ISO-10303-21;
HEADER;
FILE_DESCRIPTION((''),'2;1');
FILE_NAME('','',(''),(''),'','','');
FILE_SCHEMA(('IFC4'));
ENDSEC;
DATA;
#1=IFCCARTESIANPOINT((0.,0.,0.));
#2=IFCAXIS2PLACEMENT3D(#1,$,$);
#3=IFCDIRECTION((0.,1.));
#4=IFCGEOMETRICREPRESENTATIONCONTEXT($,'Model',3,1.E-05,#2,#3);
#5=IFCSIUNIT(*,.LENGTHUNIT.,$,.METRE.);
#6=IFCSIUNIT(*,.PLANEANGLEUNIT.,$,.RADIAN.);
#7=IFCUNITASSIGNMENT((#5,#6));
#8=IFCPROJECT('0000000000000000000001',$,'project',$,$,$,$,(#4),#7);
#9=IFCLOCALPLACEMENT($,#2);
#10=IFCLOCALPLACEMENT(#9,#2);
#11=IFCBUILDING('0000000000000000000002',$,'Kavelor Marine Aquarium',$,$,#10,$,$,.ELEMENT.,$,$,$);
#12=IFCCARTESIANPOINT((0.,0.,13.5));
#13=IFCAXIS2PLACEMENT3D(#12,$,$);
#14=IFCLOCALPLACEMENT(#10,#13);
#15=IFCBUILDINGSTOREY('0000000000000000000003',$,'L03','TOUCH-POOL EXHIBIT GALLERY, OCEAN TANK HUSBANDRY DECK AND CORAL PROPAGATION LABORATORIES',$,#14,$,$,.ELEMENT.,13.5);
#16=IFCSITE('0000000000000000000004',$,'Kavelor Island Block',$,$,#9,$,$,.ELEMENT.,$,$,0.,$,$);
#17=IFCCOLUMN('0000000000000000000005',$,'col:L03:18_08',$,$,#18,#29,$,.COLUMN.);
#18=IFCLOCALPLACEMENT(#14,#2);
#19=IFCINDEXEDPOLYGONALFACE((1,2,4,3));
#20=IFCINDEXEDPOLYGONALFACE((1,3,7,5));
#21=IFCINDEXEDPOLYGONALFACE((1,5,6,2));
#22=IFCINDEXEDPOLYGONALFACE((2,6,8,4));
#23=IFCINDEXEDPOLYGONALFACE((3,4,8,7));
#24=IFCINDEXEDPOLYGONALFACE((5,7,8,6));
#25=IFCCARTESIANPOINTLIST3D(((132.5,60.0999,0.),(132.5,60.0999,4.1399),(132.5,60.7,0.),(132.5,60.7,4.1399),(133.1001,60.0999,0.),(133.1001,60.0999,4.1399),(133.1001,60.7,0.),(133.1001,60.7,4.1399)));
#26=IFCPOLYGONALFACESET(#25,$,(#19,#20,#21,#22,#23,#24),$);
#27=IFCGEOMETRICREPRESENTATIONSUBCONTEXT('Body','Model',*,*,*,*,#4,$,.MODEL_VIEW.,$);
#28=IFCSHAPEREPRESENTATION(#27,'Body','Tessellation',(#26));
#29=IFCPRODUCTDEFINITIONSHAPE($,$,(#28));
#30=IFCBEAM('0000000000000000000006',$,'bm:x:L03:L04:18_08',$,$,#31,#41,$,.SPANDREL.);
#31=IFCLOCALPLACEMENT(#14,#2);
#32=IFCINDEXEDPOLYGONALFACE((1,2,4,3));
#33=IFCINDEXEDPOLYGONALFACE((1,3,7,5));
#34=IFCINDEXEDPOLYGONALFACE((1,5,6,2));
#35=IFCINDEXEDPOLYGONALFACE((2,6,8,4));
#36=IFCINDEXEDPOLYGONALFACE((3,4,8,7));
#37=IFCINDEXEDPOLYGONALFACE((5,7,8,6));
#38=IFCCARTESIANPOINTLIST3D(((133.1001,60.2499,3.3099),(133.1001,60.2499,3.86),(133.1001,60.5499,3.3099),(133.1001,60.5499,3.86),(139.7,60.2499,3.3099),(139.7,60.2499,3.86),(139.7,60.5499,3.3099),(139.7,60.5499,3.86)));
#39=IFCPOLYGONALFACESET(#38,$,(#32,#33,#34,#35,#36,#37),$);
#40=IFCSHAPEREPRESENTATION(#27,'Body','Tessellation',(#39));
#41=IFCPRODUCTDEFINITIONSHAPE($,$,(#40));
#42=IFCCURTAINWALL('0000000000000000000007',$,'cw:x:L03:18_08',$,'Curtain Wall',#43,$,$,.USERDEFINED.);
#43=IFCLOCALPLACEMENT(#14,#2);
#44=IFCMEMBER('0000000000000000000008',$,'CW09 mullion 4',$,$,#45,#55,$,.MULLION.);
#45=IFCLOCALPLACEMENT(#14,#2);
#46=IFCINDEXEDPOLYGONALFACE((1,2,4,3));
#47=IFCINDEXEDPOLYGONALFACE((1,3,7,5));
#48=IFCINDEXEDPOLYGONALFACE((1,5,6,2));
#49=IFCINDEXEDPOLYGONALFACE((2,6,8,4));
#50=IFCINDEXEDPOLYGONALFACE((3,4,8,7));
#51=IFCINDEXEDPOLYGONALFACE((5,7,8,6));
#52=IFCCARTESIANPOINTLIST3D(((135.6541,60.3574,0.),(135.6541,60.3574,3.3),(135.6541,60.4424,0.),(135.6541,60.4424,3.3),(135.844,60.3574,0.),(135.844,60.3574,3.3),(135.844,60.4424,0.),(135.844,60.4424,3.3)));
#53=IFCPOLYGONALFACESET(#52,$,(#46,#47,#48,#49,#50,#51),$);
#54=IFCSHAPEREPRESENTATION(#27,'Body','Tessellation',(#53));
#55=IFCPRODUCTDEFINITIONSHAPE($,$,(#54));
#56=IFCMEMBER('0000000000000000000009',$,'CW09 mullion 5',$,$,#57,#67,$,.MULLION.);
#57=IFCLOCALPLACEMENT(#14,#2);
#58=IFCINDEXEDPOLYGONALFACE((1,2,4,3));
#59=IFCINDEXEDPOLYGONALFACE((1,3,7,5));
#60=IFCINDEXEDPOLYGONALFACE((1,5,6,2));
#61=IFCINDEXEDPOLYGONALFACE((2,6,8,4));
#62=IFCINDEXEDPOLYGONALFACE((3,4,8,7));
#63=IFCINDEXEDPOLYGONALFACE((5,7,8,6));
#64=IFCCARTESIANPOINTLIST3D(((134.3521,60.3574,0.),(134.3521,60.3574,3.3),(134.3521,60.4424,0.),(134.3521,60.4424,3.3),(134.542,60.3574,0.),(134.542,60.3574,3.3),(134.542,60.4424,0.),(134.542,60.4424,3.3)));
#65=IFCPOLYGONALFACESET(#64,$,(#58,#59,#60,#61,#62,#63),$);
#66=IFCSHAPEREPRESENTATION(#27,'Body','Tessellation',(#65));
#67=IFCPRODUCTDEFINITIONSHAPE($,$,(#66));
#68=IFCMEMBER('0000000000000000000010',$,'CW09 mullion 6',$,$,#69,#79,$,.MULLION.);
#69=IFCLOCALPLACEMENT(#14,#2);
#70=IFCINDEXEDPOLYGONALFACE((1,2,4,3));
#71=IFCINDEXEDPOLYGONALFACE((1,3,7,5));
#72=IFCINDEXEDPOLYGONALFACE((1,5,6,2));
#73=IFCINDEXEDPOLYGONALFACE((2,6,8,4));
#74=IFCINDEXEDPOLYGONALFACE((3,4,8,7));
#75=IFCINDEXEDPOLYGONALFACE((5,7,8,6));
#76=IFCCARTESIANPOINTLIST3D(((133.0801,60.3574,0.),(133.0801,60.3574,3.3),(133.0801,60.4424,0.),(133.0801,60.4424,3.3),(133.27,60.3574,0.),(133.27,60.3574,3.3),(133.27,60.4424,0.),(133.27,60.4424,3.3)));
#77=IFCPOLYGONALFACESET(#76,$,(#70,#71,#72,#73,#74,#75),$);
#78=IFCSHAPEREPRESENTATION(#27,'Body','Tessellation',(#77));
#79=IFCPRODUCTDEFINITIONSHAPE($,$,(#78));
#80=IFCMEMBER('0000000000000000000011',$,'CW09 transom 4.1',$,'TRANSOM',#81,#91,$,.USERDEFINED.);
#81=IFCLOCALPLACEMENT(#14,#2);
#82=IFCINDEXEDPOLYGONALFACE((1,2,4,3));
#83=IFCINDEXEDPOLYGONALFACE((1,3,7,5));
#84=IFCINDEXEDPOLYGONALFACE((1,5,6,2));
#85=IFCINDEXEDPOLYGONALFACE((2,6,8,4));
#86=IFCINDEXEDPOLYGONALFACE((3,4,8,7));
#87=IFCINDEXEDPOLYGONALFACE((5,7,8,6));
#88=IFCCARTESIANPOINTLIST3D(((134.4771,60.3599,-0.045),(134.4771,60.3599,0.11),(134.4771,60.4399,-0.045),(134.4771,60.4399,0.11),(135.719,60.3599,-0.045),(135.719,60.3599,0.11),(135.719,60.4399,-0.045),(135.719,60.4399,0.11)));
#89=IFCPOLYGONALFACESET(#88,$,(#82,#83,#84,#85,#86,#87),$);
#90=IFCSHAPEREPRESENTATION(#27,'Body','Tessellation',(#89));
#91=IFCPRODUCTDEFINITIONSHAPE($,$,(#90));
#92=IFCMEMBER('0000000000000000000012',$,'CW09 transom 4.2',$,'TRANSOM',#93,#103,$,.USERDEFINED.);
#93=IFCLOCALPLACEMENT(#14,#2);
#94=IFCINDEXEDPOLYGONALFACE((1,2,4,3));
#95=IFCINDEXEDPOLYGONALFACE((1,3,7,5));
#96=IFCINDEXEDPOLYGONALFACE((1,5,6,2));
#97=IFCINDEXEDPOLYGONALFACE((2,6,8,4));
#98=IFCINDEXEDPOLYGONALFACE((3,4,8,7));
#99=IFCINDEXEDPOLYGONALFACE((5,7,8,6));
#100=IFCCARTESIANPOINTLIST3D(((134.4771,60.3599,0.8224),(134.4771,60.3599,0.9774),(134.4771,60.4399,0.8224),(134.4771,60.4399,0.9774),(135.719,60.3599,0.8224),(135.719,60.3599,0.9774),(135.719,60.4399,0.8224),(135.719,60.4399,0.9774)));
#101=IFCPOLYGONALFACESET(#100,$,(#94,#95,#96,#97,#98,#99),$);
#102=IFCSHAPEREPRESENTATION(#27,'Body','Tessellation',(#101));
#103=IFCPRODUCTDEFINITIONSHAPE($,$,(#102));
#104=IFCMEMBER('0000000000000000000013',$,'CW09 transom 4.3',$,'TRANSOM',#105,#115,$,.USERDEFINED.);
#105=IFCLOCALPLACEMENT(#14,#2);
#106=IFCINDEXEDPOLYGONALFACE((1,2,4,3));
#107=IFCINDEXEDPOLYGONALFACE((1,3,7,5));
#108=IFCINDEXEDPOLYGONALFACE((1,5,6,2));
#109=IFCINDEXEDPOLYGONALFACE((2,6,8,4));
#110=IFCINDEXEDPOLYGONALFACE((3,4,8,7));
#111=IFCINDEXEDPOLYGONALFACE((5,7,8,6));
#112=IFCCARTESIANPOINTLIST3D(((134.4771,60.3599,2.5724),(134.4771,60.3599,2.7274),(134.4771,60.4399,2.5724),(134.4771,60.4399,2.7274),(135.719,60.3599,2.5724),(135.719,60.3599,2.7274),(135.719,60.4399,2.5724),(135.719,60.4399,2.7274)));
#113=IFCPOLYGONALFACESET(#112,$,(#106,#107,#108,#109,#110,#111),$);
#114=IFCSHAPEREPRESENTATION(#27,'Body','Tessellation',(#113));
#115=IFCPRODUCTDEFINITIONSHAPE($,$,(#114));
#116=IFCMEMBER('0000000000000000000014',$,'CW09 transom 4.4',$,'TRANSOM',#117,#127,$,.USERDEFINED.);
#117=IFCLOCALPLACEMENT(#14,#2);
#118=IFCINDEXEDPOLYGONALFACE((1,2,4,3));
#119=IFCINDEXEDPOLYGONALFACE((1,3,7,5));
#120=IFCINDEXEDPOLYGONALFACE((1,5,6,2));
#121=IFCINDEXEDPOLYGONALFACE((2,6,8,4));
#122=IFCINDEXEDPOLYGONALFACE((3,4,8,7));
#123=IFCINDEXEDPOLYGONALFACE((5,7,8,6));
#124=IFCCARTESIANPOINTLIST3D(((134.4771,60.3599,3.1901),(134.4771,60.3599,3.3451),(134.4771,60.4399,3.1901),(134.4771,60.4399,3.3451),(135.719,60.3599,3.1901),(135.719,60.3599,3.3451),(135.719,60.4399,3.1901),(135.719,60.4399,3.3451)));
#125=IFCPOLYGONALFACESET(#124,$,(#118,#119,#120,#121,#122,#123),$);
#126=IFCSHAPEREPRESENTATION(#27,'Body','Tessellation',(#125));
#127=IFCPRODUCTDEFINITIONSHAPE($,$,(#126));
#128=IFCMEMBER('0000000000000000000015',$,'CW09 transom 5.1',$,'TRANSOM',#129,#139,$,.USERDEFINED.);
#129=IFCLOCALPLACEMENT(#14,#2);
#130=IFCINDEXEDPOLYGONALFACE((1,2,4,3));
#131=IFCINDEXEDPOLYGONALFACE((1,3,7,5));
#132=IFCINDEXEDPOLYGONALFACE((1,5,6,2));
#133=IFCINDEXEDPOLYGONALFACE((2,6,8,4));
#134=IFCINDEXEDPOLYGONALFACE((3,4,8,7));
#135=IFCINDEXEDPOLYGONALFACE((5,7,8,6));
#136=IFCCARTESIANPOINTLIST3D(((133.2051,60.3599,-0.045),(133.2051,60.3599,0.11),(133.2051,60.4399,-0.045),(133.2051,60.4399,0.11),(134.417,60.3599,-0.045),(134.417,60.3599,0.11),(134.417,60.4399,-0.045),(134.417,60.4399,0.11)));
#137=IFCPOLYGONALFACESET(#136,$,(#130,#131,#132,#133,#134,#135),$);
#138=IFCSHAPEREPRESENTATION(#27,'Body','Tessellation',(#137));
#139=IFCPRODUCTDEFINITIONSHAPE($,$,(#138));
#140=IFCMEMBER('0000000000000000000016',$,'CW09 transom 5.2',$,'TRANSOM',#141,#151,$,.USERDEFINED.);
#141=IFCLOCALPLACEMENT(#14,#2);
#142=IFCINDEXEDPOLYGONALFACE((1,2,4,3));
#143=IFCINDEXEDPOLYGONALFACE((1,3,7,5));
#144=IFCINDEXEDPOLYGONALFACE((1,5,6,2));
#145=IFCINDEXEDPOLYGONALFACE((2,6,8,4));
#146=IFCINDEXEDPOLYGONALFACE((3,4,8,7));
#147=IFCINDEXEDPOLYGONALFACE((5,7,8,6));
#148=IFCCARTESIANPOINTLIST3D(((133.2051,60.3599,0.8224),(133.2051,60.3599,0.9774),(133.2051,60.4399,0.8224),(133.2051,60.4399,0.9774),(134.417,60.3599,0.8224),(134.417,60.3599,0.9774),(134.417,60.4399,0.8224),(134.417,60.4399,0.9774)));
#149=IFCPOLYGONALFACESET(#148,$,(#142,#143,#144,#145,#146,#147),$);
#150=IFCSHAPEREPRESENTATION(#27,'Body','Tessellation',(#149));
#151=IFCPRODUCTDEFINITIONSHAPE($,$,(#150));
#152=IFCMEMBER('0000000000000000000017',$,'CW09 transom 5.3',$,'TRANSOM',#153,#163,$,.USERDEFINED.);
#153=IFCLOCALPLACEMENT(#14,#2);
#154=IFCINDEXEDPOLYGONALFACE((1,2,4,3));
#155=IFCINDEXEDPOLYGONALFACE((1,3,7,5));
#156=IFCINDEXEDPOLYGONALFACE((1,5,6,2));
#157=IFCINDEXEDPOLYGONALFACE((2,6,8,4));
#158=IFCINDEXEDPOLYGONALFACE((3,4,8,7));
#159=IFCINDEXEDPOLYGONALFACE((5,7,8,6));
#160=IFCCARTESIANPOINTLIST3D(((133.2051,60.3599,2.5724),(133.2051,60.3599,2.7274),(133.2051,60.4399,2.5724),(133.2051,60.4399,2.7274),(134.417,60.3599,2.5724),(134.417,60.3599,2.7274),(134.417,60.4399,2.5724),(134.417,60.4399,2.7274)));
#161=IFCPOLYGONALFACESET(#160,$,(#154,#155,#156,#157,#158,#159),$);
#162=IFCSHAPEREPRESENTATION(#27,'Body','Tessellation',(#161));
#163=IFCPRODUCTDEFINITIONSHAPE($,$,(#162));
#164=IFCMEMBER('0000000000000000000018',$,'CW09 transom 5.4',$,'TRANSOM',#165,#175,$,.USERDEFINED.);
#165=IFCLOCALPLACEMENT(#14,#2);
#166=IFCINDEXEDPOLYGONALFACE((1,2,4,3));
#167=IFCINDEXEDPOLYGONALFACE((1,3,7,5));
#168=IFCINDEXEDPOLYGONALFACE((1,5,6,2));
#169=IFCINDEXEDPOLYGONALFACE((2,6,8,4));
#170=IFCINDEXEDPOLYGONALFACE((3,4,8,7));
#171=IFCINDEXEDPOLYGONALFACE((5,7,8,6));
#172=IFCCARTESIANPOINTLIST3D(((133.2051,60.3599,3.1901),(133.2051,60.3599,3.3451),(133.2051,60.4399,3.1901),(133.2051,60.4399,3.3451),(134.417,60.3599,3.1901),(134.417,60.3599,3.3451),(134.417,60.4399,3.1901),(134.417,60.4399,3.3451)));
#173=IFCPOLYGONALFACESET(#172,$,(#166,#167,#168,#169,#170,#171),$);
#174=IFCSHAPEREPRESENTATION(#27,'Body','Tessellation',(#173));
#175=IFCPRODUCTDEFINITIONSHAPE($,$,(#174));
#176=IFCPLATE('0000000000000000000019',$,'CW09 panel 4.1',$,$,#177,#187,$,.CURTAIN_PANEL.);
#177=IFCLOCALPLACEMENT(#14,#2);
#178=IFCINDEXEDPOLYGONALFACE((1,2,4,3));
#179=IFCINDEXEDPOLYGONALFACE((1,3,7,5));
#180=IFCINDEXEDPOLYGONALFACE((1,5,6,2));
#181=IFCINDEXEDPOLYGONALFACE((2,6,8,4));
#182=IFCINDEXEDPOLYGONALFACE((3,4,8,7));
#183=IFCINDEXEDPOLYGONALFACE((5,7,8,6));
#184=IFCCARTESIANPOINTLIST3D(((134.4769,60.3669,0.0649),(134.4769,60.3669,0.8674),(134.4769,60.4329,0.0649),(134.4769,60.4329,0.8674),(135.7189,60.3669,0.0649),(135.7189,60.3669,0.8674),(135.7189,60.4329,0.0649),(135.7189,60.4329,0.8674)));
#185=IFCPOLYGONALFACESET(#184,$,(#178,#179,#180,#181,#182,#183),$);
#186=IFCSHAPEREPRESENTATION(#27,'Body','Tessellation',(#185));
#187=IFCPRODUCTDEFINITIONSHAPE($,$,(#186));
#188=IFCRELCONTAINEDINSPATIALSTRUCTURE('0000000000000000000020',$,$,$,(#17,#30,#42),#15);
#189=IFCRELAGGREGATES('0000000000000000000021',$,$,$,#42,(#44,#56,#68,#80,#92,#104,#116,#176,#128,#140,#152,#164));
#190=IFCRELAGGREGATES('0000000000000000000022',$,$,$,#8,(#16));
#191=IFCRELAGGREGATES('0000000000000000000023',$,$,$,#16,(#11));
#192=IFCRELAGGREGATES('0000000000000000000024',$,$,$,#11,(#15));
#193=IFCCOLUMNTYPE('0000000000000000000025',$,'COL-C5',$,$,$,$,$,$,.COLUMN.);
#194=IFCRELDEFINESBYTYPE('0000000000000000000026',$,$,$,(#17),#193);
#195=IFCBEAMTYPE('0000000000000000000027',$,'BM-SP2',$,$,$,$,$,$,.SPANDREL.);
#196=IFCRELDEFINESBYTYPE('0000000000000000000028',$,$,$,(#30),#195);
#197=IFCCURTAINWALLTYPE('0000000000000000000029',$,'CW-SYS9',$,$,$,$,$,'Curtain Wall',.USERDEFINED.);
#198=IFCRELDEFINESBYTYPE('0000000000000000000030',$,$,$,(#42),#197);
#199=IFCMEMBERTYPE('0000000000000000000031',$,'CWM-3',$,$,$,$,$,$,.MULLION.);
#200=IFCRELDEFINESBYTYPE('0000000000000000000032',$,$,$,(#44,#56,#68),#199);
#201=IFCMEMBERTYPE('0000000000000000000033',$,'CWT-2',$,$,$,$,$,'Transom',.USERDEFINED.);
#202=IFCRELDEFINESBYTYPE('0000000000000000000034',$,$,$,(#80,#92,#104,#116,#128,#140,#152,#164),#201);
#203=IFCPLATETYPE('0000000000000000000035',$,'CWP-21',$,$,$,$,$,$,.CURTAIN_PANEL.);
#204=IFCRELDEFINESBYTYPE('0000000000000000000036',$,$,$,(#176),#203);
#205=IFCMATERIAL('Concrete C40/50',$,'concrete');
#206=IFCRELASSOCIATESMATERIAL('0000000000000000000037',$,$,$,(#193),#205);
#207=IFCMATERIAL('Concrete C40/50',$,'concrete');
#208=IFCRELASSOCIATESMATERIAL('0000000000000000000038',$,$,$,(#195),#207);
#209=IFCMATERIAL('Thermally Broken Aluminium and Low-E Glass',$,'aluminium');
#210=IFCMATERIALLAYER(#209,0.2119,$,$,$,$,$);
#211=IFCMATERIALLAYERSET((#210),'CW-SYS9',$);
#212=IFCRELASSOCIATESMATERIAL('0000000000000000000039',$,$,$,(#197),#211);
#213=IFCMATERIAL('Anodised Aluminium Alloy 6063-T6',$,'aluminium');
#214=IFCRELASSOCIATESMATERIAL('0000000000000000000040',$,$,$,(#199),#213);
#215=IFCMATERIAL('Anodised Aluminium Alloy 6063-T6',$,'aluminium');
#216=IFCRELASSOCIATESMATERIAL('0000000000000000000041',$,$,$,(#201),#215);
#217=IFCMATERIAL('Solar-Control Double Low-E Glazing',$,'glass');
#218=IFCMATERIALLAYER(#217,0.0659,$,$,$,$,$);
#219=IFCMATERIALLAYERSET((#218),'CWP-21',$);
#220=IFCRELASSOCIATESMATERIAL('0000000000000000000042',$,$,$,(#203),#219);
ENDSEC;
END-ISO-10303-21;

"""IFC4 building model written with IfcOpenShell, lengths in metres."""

from ifc_helpers import new_model, si_unit, direction, frame, origin, origin_2d, place, context, subcontext, project, spatial, rectangle, extrude, material, layer, layer_set, material_profile, profile_set, type_object, element, aggregate, save


model = new_model("IFC4")

# Units and contexts
model_context = context("Model", 3, precision=1e-05, world=origin(), true_north=direction((0.0, 1.0)))
body_context = subcontext(model_context, "Body", "Model", "MODEL_VIEW")
ifc_project = project(units=[si_unit("LENGTHUNIT", "METRE"), si_unit("PLANEANGLEUNIT", "RADIAN")], contexts=[model_context])

# Site, building, storey
site_placement = place(None, origin())
site = spatial("IfcSite", under=ifc_project, at=site_placement, Name="Kavelor Island Block", CompositionType="ELEMENT", RefElevation=0.0)
building_placement = place(site_placement, origin())
building = spatial("IfcBuilding", under=site, at=building_placement, Name="Kavelor Marine Aquarium", CompositionType="ELEMENT")
storey_placement = place(building_placement, frame((0.0, 0.0, 13.5)))
storey = spatial("IfcBuildingStorey", under=building, at=storey_placement, Name="L03", Description="TOUCH-POOL EXHIBIT GALLERY, OCEAN TANK HUSBANDRY DECK AND CORAL PROPAGATION LABORATORIES", CompositionType="ELEMENT", Elevation=13.5)

# Column
ifc_material_1 = material(Name="Concrete C40/50", Category="concrete")
ifc_material_profile_1 = material_profile(ifc_material_1, rectangle(XDim=0.6001, YDim=0.6001, at=origin_2d()), Name="RC-COL 600x600")
ifc_profile_set_1 = profile_set([ifc_material_profile_1], Name="Concrete C40/50")
column_type = type_object("IfcColumnType", Name="COL-C5", PredefinedType="COLUMN", material=ifc_profile_set_1)
column_placement = place(storey_placement, frame((132.8, 60.3999, 0.0), z_axis=(0.0, 0.0, 1.0), x_axis=(1.0, 0.0, 0.0)))
element("IfcColumn", 1, at=column_placement, inside=storey, type_object=column_type, Name="col:L03:18_08", PredefinedType="COLUMN", context=body_context, shape_type="SweptSolid", body=[
    extrude(rectangle(XDim=0.6001, YDim=0.6001, at=origin_2d()), origin(), (0.0, 0.0, 1.0), 4.1399),
])

# Beam
ifc_material_2 = material(Name="Concrete C40/50", Category="concrete")
ifc_material_profile_2 = material_profile(ifc_material_2, rectangle(XDim=0.3, YDim=0.55, at=origin_2d()), Name="RC-SP 300x550")
ifc_profile_set_2 = profile_set([ifc_material_profile_2], Name="Concrete C40/50")
beam_type = type_object("IfcBeamType", Name="BM-SP2", PredefinedType="SPANDREL", material=ifc_profile_set_2)
beam_placement = place(storey_placement, frame((133.1001, 60.3999, 3.585), z_axis=(1.0, 0.0, 0.0), x_axis=(0.0, 1.0, 0.0)))
element("IfcBeam", 2, at=beam_placement, inside=storey, type_object=beam_type, Name="bm:x:L03:L04:18_08", PredefinedType="SPANDREL", context=body_context, shape_type="SweptSolid", body=[
    extrude(rectangle(XDim=0.3, YDim=0.55, at=origin_2d()), origin(), (0.0, 0.0, 1.0), 6.5999),
])

# Curtain wall, members, plate
ifc_material_3 = material(Name="Thermally Broken Aluminium and Low-E Glass", Category="aluminium")
ifc_layer_1 = layer(ifc_material_3, 0.2119)
ifc_layer_set_1 = layer_set([ifc_layer_1], Name="CW-SYS9")
curtain_wall_type = type_object("IfcCurtainWallType", Name="CW-SYS9", ElementType="Curtain Wall", PredefinedType="USERDEFINED", material=ifc_layer_set_1)
curtain_wall_placement = place(storey_placement, origin())
curtain_wall = element("IfcCurtainWall", 3, at=curtain_wall_placement, inside=storey, type_object=curtain_wall_type, Name="cw:x:L03:18_08", ObjectType="Curtain Wall", PredefinedType="USERDEFINED")
ifc_material_4 = material(Name="Anodised Aluminium Alloy 6063-T6", Category="aluminium")
ifc_material_profile_3 = material_profile(ifc_material_4, rectangle(XDim=0.085, YDim=0.1899, at=origin_2d()), Name="CW-MUL 85x190")
ifc_profile_set_3 = profile_set([ifc_material_profile_3], Name="Anodised Aluminium Alloy 6063-T6")
member_type_1 = type_object("IfcMemberType", Name="CWM-3", PredefinedType="MULLION", material=ifc_profile_set_3)
member_1_placement = place(storey_placement, frame((135.749, 60.3999, 0.0), z_axis=(0.0, 0.0, 1.0), x_axis=(0.0, -1.0, 0.0)))
member_1 = element("IfcMember", 4, at=member_1_placement, type_object=member_type_1, Name="CW09 mullion 4", PredefinedType="MULLION", context=body_context, shape_type="SweptSolid", body=[
    extrude(rectangle(XDim=0.085, YDim=0.1899, at=origin_2d()), origin(), (0.0, 0.0, 1.0), 3.3),
])
member_2_placement = place(storey_placement, frame((134.447, 60.3999, 0.0), z_axis=(0.0, 0.0, 1.0), x_axis=(0.0, -1.0, 0.0)))
member_2 = element("IfcMember", 5, at=member_2_placement, type_object=member_type_1, Name="CW09 mullion 5", PredefinedType="MULLION", context=body_context, shape_type="SweptSolid", body=[
    extrude(rectangle(XDim=0.085, YDim=0.1899, at=origin_2d()), origin(), (0.0, 0.0, 1.0), 3.3),
])
member_3_placement = place(storey_placement, frame((133.175, 60.3999, 0.0), z_axis=(0.0, 0.0, 1.0), x_axis=(0.0, -1.0, 0.0)))
member_3 = element("IfcMember", 6, at=member_3_placement, type_object=member_type_1, Name="CW09 mullion 6", PredefinedType="MULLION", context=body_context, shape_type="SweptSolid", body=[
    extrude(rectangle(XDim=0.085, YDim=0.1899, at=origin_2d()), origin(), (0.0, 0.0, 1.0), 3.3),
])
ifc_material_5 = material(Name="Anodised Aluminium Alloy 6063-T6", Category="aluminium")
ifc_material_profile_4 = material_profile(ifc_material_5, rectangle(XDim=0.0801, YDim=0.155, at=origin_2d()), Name="CW-TRN 80x155")
ifc_profile_set_4 = profile_set([ifc_material_profile_4], Name="Anodised Aluminium Alloy 6063-T6")
member_type_2 = type_object("IfcMemberType", Name="CWT-2", ElementType="Transom", PredefinedType="USERDEFINED", material=ifc_profile_set_4)
member_4_placement = place(storey_placement, frame((135.719, 60.3999, 0.0325), z_axis=(-1.0, 0.0, 0.0), x_axis=(0.0, -1.0, 0.0)))
member_4 = element("IfcMember", 7, at=member_4_placement, type_object=member_type_2, Name="CW09 transom 4.1", ObjectType="TRANSOM", PredefinedType="USERDEFINED", context=body_context, shape_type="SweptSolid", body=[
    extrude(rectangle(XDim=0.0801, YDim=0.155, at=origin_2d()), origin(), (0.0, 0.0, 1.0), 1.2419),
])
member_5_placement = place(storey_placement, frame((135.719, 60.3999, 0.8999), z_axis=(-1.0, 0.0, 0.0), x_axis=(0.0, -1.0, 0.0)))
member_5 = element("IfcMember", 8, at=member_5_placement, type_object=member_type_2, Name="CW09 transom 4.2", ObjectType="TRANSOM", PredefinedType="USERDEFINED", context=body_context, shape_type="SweptSolid", body=[
    extrude(rectangle(XDim=0.0801, YDim=0.155, at=origin_2d()), origin(), (0.0, 0.0, 1.0), 1.2419),
])
member_6_placement = place(storey_placement, frame((135.719, 60.3999, 2.6499), z_axis=(-1.0, 0.0, 0.0), x_axis=(0.0, -1.0, 0.0)))
member_6 = element("IfcMember", 9, at=member_6_placement, type_object=member_type_2, Name="CW09 transom 4.3", ObjectType="TRANSOM", PredefinedType="USERDEFINED", context=body_context, shape_type="SweptSolid", body=[
    extrude(rectangle(XDim=0.0801, YDim=0.155, at=origin_2d()), origin(), (0.0, 0.0, 1.0), 1.2419),
])
member_7_placement = place(storey_placement, frame((135.719, 60.3999, 3.2676), z_axis=(-1.0, 0.0, 0.0), x_axis=(0.0, -1.0, 0.0)))
member_7 = element("IfcMember", 10, at=member_7_placement, type_object=member_type_2, Name="CW09 transom 4.4", ObjectType="TRANSOM", PredefinedType="USERDEFINED", context=body_context, shape_type="SweptSolid", body=[
    extrude(rectangle(XDim=0.0801, YDim=0.155, at=origin_2d()), origin(), (0.0, 0.0, 1.0), 1.2419),
])
member_8_placement = place(storey_placement, frame((134.417, 60.3999, 0.0325), z_axis=(-1.0, 0.0, 0.0), x_axis=(0.0, -1.0, 0.0)))
member_8 = element("IfcMember", 11, at=member_8_placement, type_object=member_type_2, Name="CW09 transom 5.1", ObjectType="TRANSOM", PredefinedType="USERDEFINED", context=body_context, shape_type="SweptSolid", body=[
    extrude(rectangle(XDim=0.0801, YDim=0.155, at=origin_2d()), origin(), (0.0, 0.0, 1.0), 1.2119),
])
member_9_placement = place(storey_placement, frame((134.417, 60.3999, 0.8999), z_axis=(-1.0, 0.0, 0.0), x_axis=(0.0, -1.0, 0.0)))
member_9 = element("IfcMember", 12, at=member_9_placement, type_object=member_type_2, Name="CW09 transom 5.2", ObjectType="TRANSOM", PredefinedType="USERDEFINED", context=body_context, shape_type="SweptSolid", body=[
    extrude(rectangle(XDim=0.0801, YDim=0.155, at=origin_2d()), origin(), (0.0, 0.0, 1.0), 1.2119),
])
member_10_placement = place(storey_placement, frame((134.417, 60.3999, 2.6499), z_axis=(-1.0, 0.0, 0.0), x_axis=(0.0, -1.0, 0.0)))
member_10 = element("IfcMember", 13, at=member_10_placement, type_object=member_type_2, Name="CW09 transom 5.3", ObjectType="TRANSOM", PredefinedType="USERDEFINED", context=body_context, shape_type="SweptSolid", body=[
    extrude(rectangle(XDim=0.0801, YDim=0.155, at=origin_2d()), origin(), (0.0, 0.0, 1.0), 1.2119),
])
member_11_placement = place(storey_placement, frame((134.417, 60.3999, 3.2676), z_axis=(-1.0, 0.0, 0.0), x_axis=(0.0, -1.0, 0.0)))
member_11 = element("IfcMember", 14, at=member_11_placement, type_object=member_type_2, Name="CW09 transom 5.4", ObjectType="TRANSOM", PredefinedType="USERDEFINED", context=body_context, shape_type="SweptSolid", body=[
    extrude(rectangle(XDim=0.0801, YDim=0.155, at=origin_2d()), origin(), (0.0, 0.0, 1.0), 1.2119),
])
ifc_material_6 = material(Name="Solar-Control Double Low-E Glazing", Category="glass")
ifc_layer_2 = layer(ifc_material_6, 0.0659)
ifc_layer_set_2 = layer_set([ifc_layer_2], Name="CWP-21")
plate_type = type_object("IfcPlateType", Name="CWP-21", PredefinedType="CURTAIN_PANEL", material=ifc_layer_set_2)
plate_1_placement = place(storey_placement, frame((135.0979, 60.3999, 0.0649), z_axis=(0.0, 0.0, 1.0), x_axis=(-1.0, 0.0, 0.0)))
plate_1 = element("IfcPlate", 15, at=plate_1_placement, type_object=plate_type, Name="CW09 panel 4.1", PredefinedType="CURTAIN_PANEL", context=body_context, shape_type="SweptSolid", body=[
    extrude(rectangle(XDim=1.2419, YDim=0.0659, at=origin_2d()), origin(), (0.0, 0.0, 1.0), 0.8025),
])
aggregate(curtain_wall, [member_1, member_2, member_3, member_4, member_5, member_6, member_7, plate_1, member_8, member_9, member_10, member_11])

save(model, "model.ifc")
